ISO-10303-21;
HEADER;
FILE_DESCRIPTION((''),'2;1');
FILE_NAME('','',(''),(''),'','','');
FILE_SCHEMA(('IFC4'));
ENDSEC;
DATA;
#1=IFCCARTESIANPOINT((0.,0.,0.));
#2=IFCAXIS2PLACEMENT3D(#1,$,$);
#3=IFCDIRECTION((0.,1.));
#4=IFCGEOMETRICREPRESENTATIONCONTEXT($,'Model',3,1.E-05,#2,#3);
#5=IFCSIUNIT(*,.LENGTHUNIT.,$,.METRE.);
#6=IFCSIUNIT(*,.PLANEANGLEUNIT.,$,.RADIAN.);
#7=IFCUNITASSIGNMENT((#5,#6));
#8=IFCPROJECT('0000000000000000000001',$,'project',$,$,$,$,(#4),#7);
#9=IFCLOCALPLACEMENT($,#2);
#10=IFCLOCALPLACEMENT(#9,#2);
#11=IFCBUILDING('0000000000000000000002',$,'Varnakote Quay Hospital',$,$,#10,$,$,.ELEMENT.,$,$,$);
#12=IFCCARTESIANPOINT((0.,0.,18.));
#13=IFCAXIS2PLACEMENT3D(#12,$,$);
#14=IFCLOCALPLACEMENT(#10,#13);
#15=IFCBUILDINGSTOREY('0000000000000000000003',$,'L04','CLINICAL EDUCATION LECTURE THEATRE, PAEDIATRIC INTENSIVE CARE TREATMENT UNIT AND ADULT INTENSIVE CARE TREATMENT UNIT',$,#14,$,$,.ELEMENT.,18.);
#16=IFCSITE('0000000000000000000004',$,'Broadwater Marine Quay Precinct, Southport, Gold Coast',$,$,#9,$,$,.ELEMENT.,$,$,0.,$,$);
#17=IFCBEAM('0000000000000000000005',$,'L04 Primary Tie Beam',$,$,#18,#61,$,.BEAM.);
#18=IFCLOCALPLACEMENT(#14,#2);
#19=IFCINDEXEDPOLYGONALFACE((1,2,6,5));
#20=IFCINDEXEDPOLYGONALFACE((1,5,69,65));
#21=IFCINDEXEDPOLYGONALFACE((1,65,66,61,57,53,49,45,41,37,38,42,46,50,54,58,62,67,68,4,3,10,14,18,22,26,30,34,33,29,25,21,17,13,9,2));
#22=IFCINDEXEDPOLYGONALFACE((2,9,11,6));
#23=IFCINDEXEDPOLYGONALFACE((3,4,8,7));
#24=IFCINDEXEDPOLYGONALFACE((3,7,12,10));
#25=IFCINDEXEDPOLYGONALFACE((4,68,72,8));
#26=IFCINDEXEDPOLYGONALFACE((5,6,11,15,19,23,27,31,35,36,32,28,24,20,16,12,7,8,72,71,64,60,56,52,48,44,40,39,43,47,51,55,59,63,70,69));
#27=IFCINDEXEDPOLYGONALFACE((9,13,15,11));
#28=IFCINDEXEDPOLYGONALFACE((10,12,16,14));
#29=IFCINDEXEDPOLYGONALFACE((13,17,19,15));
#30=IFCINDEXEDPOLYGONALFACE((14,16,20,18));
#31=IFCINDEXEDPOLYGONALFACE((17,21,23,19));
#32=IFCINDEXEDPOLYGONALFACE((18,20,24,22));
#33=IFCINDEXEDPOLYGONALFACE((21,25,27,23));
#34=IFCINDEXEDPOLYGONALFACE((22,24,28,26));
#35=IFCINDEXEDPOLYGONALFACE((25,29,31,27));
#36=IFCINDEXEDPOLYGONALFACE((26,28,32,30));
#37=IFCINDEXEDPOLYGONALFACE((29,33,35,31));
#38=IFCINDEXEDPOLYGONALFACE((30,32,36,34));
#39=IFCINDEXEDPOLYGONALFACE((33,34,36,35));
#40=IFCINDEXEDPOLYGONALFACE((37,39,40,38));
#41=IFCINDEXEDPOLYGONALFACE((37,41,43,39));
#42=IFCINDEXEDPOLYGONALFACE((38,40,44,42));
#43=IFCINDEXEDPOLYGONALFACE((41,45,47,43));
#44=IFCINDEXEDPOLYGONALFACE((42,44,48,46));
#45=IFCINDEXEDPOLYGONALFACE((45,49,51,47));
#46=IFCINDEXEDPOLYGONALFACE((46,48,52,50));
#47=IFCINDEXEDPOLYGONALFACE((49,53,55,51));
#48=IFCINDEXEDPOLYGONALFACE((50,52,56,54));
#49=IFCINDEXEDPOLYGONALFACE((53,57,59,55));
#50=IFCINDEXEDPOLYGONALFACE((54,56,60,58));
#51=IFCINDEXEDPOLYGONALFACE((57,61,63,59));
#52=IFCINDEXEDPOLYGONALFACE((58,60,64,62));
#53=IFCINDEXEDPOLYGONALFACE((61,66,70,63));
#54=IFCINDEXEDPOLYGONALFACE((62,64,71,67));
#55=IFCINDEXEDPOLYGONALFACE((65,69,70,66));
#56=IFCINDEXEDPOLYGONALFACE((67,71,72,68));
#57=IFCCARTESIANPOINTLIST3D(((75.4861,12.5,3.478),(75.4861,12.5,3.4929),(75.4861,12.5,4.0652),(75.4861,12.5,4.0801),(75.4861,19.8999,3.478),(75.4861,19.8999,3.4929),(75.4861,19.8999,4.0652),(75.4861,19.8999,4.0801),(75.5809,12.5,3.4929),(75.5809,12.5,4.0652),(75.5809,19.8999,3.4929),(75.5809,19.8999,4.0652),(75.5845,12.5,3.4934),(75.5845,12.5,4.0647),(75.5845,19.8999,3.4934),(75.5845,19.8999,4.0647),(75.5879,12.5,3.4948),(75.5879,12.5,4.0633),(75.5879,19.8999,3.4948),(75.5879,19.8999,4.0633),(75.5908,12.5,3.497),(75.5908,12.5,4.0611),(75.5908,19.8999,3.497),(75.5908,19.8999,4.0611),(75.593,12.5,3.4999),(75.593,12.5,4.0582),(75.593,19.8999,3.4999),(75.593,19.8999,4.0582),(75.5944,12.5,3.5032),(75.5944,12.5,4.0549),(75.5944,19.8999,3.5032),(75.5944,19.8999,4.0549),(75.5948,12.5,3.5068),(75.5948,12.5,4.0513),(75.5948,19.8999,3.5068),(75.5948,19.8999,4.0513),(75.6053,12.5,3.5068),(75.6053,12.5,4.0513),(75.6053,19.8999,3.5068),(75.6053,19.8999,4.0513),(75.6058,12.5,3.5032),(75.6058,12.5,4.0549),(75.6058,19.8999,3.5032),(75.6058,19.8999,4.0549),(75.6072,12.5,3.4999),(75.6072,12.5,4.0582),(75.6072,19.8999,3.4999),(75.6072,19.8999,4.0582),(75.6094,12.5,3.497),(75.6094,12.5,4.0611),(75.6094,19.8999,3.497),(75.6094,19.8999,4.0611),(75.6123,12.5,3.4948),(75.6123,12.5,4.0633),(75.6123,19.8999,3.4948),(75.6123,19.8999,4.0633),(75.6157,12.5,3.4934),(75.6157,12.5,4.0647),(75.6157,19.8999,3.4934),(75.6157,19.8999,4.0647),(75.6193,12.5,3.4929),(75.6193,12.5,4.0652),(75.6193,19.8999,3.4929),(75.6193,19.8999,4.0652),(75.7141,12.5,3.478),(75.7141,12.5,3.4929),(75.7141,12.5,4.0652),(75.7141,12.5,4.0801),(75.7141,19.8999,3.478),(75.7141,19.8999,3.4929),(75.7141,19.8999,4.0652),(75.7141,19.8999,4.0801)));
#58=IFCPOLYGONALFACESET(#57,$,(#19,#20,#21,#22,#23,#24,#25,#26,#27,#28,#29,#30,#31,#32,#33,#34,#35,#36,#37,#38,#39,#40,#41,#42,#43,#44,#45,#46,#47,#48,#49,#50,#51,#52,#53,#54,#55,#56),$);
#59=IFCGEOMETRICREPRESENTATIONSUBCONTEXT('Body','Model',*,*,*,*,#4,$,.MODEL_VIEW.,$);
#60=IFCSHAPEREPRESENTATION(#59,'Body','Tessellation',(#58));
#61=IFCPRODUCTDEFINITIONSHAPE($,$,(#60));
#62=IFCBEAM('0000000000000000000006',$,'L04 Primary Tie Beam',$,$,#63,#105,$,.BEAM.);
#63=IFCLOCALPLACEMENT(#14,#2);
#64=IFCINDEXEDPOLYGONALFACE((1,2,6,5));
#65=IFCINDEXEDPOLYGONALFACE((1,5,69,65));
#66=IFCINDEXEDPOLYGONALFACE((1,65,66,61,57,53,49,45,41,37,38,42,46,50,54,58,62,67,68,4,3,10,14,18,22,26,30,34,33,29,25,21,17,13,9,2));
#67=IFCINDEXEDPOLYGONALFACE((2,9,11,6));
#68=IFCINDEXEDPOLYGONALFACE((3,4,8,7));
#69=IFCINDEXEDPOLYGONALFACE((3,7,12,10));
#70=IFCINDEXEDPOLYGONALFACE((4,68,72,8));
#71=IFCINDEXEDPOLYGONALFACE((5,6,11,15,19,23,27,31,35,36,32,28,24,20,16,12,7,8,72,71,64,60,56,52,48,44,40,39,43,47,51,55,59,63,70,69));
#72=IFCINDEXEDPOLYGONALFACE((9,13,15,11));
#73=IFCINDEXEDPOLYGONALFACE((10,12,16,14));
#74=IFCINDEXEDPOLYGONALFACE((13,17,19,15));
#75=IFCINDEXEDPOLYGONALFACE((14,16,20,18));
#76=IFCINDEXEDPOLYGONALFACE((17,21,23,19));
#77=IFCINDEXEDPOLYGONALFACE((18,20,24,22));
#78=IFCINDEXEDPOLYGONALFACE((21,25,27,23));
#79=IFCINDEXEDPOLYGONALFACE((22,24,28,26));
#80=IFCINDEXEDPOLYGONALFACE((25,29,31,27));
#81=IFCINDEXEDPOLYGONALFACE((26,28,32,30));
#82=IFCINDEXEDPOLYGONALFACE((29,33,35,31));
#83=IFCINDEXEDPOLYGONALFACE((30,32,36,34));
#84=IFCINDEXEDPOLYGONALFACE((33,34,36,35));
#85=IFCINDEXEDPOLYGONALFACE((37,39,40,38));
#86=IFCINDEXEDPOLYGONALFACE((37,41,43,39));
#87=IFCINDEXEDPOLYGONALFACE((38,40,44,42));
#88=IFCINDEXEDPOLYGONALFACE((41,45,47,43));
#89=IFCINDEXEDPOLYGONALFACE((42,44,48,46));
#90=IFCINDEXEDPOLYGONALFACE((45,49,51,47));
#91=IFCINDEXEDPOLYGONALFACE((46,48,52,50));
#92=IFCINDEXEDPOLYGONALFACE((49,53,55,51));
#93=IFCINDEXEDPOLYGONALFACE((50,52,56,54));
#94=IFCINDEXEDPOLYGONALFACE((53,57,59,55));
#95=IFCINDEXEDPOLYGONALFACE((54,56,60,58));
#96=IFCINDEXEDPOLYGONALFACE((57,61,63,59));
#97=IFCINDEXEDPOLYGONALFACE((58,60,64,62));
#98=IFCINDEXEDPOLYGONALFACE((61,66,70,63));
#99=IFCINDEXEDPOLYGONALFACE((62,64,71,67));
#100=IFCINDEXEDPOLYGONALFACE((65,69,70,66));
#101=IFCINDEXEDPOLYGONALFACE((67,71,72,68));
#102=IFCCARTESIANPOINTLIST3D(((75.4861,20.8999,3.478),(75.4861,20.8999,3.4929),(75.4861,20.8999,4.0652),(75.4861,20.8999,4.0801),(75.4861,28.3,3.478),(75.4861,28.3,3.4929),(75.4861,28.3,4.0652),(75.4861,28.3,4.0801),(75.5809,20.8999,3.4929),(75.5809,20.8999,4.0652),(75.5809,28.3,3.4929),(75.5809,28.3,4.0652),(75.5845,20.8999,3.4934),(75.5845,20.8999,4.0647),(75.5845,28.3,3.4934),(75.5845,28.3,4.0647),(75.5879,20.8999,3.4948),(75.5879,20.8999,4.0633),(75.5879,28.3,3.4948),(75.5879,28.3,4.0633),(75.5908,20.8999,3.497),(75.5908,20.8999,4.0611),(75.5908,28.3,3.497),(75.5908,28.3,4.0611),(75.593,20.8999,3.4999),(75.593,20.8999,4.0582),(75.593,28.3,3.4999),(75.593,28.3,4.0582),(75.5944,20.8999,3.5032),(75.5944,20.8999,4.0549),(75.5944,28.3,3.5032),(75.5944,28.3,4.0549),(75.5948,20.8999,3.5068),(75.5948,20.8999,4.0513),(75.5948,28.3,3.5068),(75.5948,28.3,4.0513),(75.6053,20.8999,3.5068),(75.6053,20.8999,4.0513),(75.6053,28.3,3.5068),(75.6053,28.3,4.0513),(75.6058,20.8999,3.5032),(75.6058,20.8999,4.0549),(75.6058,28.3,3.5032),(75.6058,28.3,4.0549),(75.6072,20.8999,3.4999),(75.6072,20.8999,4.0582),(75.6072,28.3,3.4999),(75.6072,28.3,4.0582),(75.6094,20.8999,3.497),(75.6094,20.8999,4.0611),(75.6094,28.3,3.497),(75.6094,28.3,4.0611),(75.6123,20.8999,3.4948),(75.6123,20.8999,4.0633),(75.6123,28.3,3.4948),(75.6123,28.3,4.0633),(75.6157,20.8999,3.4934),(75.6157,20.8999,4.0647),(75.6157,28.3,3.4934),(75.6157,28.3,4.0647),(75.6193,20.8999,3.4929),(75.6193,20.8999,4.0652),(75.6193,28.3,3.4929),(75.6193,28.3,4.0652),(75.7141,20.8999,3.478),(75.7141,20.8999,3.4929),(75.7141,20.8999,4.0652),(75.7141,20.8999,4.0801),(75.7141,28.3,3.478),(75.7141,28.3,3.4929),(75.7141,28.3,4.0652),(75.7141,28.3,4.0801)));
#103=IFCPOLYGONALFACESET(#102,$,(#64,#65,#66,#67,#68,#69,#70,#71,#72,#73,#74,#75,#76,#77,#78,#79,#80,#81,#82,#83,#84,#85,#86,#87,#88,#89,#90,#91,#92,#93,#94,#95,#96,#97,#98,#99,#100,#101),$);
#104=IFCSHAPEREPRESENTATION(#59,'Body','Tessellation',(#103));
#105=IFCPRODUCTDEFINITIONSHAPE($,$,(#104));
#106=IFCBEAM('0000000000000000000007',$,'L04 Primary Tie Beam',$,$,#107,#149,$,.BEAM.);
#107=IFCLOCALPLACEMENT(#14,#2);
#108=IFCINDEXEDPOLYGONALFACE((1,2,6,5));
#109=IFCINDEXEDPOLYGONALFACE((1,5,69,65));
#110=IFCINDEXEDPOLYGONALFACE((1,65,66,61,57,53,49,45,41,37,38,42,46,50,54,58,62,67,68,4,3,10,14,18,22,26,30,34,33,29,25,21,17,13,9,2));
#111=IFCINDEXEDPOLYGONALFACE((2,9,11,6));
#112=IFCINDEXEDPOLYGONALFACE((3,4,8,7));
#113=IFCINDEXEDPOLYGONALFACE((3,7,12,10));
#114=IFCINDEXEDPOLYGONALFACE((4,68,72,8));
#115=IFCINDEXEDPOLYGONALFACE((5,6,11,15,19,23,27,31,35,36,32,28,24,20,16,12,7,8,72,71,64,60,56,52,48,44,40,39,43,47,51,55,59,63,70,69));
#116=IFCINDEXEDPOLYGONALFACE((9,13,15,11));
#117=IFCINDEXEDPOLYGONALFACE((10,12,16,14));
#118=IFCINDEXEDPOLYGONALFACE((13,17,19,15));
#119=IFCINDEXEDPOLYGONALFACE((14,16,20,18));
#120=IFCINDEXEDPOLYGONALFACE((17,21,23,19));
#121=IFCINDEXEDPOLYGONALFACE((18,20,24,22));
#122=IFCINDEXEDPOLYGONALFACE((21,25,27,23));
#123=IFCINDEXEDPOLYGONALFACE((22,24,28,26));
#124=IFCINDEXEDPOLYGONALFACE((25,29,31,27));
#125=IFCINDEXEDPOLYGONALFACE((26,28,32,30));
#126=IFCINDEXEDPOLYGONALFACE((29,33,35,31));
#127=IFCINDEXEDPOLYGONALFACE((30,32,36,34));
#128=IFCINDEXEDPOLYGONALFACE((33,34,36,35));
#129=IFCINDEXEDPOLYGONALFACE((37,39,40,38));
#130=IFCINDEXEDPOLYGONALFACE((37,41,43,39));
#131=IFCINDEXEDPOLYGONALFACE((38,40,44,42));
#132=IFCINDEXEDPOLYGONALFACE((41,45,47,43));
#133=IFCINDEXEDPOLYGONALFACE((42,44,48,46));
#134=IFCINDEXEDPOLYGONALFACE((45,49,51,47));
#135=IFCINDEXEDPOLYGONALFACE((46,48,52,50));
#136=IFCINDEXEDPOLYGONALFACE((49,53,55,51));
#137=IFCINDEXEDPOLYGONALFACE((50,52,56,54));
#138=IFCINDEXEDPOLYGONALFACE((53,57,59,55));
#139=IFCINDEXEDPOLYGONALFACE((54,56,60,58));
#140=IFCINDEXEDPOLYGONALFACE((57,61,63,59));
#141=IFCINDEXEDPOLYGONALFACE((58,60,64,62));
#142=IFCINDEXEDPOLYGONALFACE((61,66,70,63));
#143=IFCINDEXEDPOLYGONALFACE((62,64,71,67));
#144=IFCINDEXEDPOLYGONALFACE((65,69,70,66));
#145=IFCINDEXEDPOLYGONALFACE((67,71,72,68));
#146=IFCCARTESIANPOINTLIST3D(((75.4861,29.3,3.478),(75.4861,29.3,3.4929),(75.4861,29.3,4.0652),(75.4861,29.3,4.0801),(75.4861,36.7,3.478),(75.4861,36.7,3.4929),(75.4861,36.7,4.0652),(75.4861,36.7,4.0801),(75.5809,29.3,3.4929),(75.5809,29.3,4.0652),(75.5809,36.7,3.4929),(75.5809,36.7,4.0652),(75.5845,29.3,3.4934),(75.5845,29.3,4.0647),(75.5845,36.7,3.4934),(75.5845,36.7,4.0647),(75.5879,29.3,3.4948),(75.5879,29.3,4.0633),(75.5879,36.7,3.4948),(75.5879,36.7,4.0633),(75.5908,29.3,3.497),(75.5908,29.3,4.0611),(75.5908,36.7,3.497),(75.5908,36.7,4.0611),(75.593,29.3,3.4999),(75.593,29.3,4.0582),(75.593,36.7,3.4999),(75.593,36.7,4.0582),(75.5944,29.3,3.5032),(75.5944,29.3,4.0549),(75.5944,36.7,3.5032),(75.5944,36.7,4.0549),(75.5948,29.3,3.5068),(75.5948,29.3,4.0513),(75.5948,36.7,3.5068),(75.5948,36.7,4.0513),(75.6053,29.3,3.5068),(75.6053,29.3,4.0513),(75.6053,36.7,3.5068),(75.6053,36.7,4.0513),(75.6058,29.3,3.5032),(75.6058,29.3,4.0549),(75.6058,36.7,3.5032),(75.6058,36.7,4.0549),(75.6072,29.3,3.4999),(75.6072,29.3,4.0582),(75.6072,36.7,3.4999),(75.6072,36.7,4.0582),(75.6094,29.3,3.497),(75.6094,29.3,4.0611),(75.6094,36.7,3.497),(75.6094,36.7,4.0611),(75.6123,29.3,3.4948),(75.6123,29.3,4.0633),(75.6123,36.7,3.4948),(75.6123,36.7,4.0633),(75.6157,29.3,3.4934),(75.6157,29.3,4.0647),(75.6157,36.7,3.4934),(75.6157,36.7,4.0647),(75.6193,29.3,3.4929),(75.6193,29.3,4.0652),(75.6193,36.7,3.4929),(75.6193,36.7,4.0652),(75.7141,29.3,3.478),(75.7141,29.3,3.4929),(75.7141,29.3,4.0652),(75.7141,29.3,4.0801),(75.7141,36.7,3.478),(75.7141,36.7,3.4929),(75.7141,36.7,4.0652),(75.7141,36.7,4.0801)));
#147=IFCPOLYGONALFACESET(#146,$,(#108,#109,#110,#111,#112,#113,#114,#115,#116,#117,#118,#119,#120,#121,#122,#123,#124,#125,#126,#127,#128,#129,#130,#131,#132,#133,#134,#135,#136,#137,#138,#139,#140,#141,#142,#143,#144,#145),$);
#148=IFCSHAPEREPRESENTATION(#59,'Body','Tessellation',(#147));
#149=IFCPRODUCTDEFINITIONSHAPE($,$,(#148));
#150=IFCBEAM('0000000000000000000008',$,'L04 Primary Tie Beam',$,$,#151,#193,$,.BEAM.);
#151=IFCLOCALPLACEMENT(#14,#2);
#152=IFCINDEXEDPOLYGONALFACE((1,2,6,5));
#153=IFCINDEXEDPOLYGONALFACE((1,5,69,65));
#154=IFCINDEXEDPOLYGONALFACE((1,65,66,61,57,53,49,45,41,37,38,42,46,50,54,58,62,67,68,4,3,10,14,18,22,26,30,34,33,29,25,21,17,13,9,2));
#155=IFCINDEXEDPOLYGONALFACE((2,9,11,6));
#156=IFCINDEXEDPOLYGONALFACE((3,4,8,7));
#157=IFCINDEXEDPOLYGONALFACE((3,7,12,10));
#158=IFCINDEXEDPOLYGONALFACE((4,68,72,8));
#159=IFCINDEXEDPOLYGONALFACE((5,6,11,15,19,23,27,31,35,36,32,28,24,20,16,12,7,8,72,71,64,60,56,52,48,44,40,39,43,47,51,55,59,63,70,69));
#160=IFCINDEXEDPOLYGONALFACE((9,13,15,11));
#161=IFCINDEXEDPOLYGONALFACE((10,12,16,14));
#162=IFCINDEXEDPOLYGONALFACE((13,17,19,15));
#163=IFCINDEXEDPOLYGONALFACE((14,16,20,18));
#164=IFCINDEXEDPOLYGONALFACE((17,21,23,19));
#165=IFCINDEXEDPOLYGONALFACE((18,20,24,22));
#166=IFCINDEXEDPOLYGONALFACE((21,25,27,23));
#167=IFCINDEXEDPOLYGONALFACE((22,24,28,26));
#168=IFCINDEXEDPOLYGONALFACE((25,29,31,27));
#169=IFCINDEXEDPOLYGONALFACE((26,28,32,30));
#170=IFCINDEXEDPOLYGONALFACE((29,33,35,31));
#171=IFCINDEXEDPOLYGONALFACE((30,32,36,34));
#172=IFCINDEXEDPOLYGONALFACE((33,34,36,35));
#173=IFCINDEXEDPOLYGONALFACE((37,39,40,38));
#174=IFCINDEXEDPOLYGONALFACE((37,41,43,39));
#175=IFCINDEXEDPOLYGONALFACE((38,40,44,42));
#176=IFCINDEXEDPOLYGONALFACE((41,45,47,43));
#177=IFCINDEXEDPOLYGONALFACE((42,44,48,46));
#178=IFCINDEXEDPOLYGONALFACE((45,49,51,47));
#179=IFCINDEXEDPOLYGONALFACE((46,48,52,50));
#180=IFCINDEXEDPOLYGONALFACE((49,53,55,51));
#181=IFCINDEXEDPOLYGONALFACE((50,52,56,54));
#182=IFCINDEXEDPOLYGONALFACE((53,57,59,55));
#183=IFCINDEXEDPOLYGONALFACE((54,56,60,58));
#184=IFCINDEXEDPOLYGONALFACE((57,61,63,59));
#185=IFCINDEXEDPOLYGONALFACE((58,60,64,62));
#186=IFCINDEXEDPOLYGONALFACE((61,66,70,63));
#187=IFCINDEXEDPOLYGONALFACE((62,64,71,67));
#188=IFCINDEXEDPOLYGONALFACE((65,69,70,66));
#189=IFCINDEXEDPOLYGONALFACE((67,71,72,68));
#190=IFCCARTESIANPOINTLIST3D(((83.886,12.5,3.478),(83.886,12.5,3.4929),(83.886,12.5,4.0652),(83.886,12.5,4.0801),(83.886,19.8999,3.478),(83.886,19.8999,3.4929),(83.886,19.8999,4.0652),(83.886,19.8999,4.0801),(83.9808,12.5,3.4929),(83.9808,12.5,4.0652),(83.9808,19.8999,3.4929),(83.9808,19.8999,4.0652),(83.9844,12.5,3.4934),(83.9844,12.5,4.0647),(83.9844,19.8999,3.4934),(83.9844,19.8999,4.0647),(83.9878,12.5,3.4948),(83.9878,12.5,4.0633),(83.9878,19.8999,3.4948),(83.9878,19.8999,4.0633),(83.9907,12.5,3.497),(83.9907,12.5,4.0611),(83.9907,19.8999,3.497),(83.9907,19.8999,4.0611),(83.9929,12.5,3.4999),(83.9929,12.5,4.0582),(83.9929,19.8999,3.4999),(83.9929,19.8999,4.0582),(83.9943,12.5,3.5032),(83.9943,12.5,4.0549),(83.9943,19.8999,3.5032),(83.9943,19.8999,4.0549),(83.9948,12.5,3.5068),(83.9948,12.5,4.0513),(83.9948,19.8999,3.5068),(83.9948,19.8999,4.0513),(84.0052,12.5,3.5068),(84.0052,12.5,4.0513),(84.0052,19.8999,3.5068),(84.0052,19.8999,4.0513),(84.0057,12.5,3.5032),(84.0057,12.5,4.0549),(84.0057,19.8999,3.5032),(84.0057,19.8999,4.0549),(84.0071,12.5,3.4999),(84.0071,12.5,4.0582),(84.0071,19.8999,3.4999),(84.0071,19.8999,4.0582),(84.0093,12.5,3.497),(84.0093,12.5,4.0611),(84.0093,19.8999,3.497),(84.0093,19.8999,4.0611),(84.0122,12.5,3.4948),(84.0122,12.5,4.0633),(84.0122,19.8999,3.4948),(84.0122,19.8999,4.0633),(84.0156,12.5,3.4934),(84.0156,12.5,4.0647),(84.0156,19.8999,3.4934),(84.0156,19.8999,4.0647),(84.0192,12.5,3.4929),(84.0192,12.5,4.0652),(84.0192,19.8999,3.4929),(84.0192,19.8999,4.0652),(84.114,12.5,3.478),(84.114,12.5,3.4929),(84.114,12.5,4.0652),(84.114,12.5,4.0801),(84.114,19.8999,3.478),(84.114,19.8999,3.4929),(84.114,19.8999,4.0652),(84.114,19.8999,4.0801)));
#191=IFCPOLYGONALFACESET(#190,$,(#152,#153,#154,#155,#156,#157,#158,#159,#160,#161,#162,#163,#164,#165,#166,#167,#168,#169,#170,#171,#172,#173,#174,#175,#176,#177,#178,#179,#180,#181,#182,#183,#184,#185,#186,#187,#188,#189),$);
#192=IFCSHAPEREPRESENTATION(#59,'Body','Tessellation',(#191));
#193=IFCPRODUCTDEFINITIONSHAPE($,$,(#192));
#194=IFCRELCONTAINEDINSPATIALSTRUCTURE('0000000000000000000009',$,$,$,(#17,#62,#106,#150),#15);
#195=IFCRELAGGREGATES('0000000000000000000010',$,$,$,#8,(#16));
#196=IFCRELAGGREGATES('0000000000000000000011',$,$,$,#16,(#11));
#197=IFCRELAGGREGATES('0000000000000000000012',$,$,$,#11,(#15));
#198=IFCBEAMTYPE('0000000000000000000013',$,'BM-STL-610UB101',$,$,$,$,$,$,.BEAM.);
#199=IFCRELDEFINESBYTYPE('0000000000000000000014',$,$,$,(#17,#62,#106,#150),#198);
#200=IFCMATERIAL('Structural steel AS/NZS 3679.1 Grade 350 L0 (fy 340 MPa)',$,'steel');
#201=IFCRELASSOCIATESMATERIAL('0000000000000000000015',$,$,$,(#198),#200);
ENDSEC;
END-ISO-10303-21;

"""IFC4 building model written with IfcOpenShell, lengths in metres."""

from ifc_helpers import new_model, si_unit, direction, frame, origin, origin_2d, place, context, subcontext, project, spatial, i_section, extrude, material, material_profile, profile_set, type_object, element, save


model = new_model("IFC4")

# Units and contexts
model_context = context("Model", 3, precision=1e-05, world=origin(), true_north=direction((0.0, 1.0)))
body_context = subcontext(model_context, "Body", "Model", "MODEL_VIEW")
ifc_project = project(units=[si_unit("LENGTHUNIT", "METRE"), si_unit("PLANEANGLEUNIT", "RADIAN")], contexts=[model_context])

# Site, building, storey
site_placement = place(None, origin())
site = spatial("IfcSite", under=ifc_project, at=site_placement, Name="Broadwater Marine Quay Precinct, Southport, Gold Coast", CompositionType="ELEMENT", RefElevation=0.0)
building_placement = place(site_placement, origin())
building = spatial("IfcBuilding", under=site, at=building_placement, Name="Varnakote Quay Hospital", CompositionType="ELEMENT")
storey_placement = place(building_placement, frame((0.0, 0.0, 18.0)))
storey = spatial("IfcBuildingStorey", under=building, at=storey_placement, Name="L04", Description="CLINICAL EDUCATION LECTURE THEATRE, PAEDIATRIC INTENSIVE CARE TREATMENT UNIT AND ADULT INTENSIVE CARE TREATMENT UNIT", CompositionType="ELEMENT", Elevation=18.0)

# Beams
ifc_material_1 = material(Name="Structural steel AS/NZS 3679.1 Grade 350 L0 (fy 340 MPa)", Category="steel")
ifc_material_profile_1 = material_profile(ifc_material_1, i_section(OverallWidth=0.228, OverallDepth=0.6021, WebThickness=0.0105, FlangeThickness=0.0149, FilletRadius=0.0139, at=origin_2d()), Name="610UB101")
ifc_profile_set_1 = profile_set([ifc_material_profile_1], Name="Structural steel AS/NZS 3679.1 Grade 350 L0 (fy 340 MPa)")
beam_type_1 = type_object("IfcBeamType", Name="BM-STL-610UB101", PredefinedType="BEAM", material=ifc_profile_set_1)
beam_1_placement = place(storey_placement, frame((75.6001, 12.5, 3.7791), z_axis=(0.0, 1.0, 0.0), x_axis=(-1.0, 0.0, 0.0)))
element("IfcBeam", 1, at=beam_1_placement, inside=storey, type_object=beam_type_1, Name="L04 Primary Tie Beam", PredefinedType="BEAM", context=body_context, shape_type="SweptSolid", body=[
    extrude(i_section(OverallWidth=0.228, OverallDepth=0.6021, WebThickness=0.0105, FlangeThickness=0.0149, FilletRadius=0.0139, at=origin_2d()), origin(), (0.0, 0.0, 1.0), 7.3999),
])
beam_2_placement = place(storey_placement, frame((75.6001, 20.8999, 3.7791), z_axis=(0.0, 1.0, 0.0), x_axis=(-1.0, 0.0, 0.0)))
element("IfcBeam", 2, at=beam_2_placement, inside=storey, type_object=beam_type_1, Name="L04 Primary Tie Beam", PredefinedType="BEAM", context=body_context, shape_type="SweptSolid", body=[
    extrude(i_section(OverallWidth=0.228, OverallDepth=0.6021, WebThickness=0.0105, FlangeThickness=0.0149, FilletRadius=0.0139, at=origin_2d()), origin(), (0.0, 0.0, 1.0), 7.4001),
])
for number, where, z_axis, x_axis, name in (
    (3, (75.6001, 29.3, 3.7791), (0.0, 1.0, 0.0), (-1.0, 0.0, 0.0), "L04 Primary Tie Beam"),
    (4, (84.0, 12.5, 3.7791), (0.0, 1.0, 0.0), (-1.0, 0.0, 0.0), "L04 Primary Tie Beam"),
):
    element("IfcBeam", number, at=place(storey_placement, frame(where, z_axis=z_axis, x_axis=x_axis)), inside=storey, type_object=beam_type_1, Name=name, PredefinedType="BEAM", context=body_context, shape_type="SweptSolid", body=[
        extrude(i_section(OverallWidth=0.228, OverallDepth=0.6021, WebThickness=0.0105, FlangeThickness=0.0149, FilletRadius=0.0139, at=origin_2d()), origin(), (0.0, 0.0, 1.0), 7.3999),
    ])

save(model, "model.ifc")
